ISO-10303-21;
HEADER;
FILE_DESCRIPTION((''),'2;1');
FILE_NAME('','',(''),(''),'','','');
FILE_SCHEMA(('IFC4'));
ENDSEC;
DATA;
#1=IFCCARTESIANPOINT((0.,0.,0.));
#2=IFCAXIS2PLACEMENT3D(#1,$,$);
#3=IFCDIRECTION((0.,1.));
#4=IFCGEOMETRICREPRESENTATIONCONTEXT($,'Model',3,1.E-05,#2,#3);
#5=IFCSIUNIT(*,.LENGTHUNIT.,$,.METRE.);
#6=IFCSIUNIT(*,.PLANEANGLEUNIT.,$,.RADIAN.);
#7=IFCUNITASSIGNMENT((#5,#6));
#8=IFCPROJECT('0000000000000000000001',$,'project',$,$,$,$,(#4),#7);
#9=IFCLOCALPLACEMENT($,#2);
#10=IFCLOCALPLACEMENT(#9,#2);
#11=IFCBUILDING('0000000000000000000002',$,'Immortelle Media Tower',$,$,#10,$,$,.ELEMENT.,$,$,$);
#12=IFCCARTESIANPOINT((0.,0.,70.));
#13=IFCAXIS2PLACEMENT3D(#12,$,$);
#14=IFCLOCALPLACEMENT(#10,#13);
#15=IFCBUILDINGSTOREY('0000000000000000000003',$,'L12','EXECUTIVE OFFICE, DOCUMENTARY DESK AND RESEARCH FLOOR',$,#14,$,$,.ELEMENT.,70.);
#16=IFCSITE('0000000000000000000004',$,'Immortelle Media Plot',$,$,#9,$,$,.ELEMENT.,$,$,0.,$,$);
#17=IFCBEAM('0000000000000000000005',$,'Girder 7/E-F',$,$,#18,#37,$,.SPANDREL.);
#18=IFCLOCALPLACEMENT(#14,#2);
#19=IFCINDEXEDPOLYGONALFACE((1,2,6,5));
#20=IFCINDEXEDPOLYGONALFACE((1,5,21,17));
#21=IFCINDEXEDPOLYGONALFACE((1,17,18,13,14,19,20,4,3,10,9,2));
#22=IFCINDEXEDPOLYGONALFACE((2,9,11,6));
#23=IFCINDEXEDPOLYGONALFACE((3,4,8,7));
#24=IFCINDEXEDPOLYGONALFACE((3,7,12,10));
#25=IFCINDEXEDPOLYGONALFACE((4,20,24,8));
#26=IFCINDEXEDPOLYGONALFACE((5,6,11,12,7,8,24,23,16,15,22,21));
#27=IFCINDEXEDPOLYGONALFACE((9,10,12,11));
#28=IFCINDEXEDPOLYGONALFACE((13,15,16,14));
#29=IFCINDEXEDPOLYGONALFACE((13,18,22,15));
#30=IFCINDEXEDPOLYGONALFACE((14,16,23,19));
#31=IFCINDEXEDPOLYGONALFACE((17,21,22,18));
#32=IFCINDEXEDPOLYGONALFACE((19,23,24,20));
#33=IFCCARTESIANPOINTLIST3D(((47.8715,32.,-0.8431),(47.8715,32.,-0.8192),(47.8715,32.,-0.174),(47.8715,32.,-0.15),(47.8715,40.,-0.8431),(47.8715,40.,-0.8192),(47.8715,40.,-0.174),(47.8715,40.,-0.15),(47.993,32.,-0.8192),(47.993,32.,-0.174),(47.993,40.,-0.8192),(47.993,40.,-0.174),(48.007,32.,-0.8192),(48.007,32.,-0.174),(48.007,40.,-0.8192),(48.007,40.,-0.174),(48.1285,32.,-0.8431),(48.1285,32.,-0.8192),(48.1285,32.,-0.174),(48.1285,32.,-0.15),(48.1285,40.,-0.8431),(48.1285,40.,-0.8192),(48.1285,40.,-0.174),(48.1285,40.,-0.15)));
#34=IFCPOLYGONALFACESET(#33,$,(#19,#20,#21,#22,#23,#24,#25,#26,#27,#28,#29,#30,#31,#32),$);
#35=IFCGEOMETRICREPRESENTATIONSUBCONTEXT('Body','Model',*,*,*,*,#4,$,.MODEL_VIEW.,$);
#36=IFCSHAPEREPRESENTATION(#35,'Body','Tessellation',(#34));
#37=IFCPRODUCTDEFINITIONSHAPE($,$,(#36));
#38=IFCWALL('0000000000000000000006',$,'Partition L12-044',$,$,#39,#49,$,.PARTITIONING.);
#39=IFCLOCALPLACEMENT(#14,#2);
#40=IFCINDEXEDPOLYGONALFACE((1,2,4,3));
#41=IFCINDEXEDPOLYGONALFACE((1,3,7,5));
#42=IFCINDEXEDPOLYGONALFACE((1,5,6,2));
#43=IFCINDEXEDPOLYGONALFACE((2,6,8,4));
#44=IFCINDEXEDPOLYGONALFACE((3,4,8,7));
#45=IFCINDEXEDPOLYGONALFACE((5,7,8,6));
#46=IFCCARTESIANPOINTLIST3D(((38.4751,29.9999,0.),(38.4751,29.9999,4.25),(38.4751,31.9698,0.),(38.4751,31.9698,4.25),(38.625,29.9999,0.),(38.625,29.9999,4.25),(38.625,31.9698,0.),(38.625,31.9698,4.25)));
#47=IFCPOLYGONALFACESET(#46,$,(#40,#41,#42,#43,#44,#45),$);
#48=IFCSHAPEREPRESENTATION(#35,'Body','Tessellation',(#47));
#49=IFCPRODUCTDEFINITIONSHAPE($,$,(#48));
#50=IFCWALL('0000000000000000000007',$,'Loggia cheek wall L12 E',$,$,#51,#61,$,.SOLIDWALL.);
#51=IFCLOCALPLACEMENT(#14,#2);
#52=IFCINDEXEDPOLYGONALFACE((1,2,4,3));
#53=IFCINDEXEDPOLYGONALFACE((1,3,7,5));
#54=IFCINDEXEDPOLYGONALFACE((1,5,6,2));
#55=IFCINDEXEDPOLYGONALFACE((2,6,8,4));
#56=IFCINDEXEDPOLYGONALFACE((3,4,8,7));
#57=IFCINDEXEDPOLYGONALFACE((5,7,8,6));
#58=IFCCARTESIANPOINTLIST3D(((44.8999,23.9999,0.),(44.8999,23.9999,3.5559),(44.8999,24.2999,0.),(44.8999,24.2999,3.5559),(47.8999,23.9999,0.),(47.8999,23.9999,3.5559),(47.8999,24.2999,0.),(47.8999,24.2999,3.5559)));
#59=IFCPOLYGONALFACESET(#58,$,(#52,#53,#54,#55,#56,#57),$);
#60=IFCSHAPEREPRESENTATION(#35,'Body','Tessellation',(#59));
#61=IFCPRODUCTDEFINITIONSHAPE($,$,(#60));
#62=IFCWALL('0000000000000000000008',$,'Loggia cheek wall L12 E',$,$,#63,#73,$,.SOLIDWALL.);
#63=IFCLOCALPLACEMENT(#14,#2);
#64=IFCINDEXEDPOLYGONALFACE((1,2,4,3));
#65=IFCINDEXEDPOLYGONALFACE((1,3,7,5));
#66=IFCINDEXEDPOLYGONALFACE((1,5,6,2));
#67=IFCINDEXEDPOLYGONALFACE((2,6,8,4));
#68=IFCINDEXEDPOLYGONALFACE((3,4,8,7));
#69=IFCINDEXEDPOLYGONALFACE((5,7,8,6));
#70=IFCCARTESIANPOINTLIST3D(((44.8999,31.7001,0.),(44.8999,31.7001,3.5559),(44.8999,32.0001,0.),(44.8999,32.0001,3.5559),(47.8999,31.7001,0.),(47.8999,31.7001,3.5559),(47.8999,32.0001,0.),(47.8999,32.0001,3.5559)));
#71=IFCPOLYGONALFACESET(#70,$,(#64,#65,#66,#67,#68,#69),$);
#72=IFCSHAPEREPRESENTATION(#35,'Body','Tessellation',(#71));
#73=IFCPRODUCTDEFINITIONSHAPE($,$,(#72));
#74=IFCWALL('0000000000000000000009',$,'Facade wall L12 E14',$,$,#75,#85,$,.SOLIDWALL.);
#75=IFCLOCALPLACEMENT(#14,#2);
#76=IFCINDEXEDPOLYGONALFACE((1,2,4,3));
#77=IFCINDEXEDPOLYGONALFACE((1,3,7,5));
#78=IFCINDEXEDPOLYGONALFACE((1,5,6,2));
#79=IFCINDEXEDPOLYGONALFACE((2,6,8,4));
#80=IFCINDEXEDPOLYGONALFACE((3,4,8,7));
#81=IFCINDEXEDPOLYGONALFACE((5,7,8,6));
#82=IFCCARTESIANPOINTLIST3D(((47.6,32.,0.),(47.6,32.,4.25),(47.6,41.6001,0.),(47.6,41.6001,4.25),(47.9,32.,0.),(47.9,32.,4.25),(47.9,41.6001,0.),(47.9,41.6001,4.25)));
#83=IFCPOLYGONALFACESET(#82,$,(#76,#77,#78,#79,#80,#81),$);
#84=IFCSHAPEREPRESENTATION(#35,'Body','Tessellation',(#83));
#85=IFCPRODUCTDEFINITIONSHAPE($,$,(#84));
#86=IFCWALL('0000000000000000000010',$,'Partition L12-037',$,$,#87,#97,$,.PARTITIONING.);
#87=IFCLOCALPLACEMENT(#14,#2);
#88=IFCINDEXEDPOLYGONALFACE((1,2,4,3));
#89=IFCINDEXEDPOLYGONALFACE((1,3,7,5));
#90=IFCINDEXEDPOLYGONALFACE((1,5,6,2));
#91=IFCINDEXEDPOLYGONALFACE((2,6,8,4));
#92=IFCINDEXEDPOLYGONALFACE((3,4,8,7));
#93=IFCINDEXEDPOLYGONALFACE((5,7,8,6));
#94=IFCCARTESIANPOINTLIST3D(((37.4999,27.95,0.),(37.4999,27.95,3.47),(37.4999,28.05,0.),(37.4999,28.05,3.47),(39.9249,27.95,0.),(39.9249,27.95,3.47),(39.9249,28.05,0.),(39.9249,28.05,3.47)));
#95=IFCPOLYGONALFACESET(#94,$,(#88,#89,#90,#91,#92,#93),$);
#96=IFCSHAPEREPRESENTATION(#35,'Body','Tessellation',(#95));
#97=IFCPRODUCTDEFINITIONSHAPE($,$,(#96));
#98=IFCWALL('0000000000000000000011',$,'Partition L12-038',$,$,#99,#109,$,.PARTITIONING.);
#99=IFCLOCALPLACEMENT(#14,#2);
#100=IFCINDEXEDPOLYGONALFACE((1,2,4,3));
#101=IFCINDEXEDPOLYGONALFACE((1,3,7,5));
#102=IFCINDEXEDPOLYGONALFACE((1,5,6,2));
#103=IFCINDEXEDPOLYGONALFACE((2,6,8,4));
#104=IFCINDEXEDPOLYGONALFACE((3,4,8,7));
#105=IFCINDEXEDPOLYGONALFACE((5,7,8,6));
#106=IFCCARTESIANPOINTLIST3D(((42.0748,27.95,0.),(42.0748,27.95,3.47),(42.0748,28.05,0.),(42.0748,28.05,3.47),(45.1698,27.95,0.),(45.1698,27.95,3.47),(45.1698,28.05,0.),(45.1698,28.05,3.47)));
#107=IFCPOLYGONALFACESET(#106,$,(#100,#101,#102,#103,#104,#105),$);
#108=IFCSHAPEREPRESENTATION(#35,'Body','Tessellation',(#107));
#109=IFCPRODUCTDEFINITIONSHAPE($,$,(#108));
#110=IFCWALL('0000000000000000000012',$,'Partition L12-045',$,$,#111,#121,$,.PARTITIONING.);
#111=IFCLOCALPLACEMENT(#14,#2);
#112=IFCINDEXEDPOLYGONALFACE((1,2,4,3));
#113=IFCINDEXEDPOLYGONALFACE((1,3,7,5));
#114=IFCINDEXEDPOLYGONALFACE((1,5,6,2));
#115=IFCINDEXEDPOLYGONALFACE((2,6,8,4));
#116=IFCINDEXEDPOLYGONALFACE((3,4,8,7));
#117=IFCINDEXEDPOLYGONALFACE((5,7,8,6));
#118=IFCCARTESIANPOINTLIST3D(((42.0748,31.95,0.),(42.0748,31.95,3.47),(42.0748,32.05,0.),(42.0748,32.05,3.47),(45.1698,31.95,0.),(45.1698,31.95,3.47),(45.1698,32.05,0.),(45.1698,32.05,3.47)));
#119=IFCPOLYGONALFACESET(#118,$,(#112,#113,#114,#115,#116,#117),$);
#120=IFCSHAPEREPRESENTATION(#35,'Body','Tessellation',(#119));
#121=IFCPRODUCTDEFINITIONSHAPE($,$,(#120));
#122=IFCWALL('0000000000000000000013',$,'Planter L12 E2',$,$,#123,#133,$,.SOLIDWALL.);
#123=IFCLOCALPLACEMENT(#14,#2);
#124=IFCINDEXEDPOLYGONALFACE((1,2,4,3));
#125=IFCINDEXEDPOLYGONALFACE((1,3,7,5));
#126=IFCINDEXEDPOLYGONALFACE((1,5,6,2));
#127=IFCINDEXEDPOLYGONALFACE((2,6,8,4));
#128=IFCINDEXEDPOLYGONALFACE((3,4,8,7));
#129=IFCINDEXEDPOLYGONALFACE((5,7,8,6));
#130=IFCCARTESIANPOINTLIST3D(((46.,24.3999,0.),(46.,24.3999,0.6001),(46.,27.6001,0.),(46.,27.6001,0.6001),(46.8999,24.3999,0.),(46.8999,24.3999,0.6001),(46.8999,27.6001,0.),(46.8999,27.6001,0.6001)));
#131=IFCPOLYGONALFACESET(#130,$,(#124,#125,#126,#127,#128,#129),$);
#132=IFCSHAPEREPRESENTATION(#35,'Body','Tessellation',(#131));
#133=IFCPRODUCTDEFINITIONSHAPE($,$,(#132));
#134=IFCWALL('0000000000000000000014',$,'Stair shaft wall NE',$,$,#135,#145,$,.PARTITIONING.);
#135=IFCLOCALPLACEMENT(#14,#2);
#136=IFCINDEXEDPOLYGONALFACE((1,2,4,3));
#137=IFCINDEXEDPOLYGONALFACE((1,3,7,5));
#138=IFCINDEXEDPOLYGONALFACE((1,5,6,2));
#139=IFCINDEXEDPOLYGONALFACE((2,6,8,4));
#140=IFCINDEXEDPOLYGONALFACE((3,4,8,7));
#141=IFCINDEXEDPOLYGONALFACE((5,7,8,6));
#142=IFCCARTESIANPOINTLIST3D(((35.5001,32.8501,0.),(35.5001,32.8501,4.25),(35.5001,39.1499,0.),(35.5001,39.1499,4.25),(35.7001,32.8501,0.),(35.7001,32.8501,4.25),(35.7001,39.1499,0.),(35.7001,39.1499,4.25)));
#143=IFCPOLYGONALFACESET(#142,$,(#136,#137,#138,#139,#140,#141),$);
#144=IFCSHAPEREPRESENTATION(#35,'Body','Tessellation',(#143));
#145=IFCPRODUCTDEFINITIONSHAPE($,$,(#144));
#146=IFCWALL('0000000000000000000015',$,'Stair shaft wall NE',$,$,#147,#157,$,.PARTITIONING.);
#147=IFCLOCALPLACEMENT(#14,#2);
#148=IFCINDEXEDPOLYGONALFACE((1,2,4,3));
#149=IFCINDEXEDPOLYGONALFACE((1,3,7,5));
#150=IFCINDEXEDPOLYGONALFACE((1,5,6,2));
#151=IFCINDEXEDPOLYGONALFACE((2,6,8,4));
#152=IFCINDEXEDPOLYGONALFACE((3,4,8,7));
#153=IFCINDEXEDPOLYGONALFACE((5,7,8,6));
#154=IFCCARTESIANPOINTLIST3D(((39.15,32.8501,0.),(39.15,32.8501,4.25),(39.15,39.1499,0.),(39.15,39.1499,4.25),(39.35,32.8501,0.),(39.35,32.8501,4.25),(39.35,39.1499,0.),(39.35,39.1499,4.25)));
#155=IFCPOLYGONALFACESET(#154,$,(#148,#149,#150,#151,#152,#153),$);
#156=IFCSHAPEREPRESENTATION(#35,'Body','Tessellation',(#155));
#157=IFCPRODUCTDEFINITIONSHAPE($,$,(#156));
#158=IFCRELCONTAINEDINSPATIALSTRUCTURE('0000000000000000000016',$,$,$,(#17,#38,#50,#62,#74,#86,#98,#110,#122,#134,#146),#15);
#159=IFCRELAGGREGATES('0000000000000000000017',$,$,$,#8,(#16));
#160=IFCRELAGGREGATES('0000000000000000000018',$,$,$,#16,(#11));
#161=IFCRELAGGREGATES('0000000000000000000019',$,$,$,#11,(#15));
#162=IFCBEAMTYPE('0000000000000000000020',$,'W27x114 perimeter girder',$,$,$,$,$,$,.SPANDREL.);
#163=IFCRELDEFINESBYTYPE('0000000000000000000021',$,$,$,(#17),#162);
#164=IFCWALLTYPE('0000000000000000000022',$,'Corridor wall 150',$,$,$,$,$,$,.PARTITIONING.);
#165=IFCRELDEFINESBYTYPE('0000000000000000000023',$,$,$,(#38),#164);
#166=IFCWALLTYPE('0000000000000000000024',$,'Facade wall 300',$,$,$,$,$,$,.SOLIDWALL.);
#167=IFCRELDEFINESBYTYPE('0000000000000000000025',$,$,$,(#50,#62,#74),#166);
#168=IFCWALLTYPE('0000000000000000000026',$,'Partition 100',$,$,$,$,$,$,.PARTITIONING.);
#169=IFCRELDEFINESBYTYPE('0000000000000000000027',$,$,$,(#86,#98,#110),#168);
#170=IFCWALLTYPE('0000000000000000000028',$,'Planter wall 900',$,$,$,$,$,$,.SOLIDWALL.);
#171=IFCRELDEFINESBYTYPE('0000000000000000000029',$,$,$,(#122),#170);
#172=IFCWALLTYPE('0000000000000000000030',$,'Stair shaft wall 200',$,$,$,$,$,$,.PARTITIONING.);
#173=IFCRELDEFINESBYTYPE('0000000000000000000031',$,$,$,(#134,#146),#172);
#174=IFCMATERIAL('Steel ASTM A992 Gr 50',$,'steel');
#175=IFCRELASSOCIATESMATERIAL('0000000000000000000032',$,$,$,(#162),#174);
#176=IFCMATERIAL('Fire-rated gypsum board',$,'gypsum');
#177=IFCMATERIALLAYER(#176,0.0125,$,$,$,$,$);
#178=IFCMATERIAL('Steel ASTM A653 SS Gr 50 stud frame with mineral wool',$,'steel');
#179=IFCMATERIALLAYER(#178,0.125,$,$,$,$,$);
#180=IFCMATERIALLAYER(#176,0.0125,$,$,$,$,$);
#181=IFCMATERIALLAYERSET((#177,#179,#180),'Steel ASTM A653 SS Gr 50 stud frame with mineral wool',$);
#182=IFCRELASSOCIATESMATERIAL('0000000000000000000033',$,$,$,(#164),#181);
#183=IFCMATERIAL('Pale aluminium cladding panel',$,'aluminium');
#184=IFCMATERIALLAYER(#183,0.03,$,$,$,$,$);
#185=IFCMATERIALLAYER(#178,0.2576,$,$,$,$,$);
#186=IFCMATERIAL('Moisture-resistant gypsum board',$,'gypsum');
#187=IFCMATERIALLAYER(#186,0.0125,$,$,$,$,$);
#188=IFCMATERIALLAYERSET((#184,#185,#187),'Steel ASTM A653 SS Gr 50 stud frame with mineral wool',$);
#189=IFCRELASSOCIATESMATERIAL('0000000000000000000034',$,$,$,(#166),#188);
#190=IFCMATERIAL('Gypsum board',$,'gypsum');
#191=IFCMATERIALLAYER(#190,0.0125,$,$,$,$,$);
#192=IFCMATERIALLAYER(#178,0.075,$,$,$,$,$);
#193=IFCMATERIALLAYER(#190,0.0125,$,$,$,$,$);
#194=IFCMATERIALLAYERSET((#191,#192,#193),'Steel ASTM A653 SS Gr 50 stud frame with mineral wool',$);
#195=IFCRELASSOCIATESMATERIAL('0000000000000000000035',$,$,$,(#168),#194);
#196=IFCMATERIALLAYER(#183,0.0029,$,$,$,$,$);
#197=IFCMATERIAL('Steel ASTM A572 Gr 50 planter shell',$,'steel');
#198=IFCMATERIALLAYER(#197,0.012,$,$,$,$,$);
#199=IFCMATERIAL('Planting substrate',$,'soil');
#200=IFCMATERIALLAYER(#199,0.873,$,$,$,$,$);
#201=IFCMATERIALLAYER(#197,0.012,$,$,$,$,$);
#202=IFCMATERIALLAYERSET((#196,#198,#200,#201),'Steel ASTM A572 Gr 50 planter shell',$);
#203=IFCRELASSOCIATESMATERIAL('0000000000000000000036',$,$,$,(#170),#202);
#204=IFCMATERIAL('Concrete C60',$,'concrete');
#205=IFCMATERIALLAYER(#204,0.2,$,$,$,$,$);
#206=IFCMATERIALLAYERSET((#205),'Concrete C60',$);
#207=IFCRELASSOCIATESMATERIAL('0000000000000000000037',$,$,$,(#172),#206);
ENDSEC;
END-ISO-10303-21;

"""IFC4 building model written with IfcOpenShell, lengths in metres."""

from ifc_helpers import new_model, si_unit, direction, frame, frame_2d, origin, origin_2d, place, context, subcontext, project, spatial, rectangle, i_section, extrude, material, layer, layer_set, material_profile, profile_set, type_object, element, save


model = new_model("IFC4")

# Units and contexts
model_context = context("Model", 3, precision=1e-05, world=origin(), true_north=direction((0.0, 1.0)))
body_context = subcontext(model_context, "Body", "Model", "MODEL_VIEW")
ifc_project = project(units=[si_unit("LENGTHUNIT", "METRE"), si_unit("PLANEANGLEUNIT", "RADIAN")], contexts=[model_context])

# Site, building, storey
site_placement = place(None, origin())
site = spatial("IfcSite", under=ifc_project, at=site_placement, Name="Immortelle Media Plot", CompositionType="ELEMENT", RefElevation=0.0)
building_placement = place(site_placement, origin())
building = spatial("IfcBuilding", under=site, at=building_placement, Name="Immortelle Media Tower", CompositionType="ELEMENT")
storey_placement = place(building_placement, frame((0.0, 0.0, 70.0)))
storey = spatial("IfcBuildingStorey", under=building, at=storey_placement, Name="L12", Description="EXECUTIVE OFFICE, DOCUMENTARY DESK AND RESEARCH FLOOR", CompositionType="ELEMENT", Elevation=70.0)

# Shared definitions
ifc_material_1 = material(Name="Steel ASTM A992 Gr 50", Category="steel")

# Beam
ifc_material_profile_1 = material_profile(ifc_material_1, i_section(OverallWidth=0.2571, OverallDepth=0.6931, WebThickness=0.0139, FlangeThickness=0.0239, at=origin_2d()), Name="W27x114")
ifc_profile_set_1 = profile_set([ifc_material_profile_1], Name="Steel ASTM A992 Gr 50")
beam_type_1 = type_object("IfcBeamType", Name="W27x114 perimeter girder", PredefinedType="SPANDREL", material=ifc_profile_set_1)
beam_1_placement = place(storey_placement, frame((48.0, 32.0, -0.4966), z_axis=(0.0, 1.0, 0.0), x_axis=(-1.0, 0.0, 0.0)))
element("IfcBeam", 1, at=beam_1_placement, inside=storey, type_object=beam_type_1, Name="Girder 7/E-F", PredefinedType="SPANDREL", context=body_context, shape_type="SweptSolid", body=[
    extrude(i_section(OverallWidth=0.2571, OverallDepth=0.6931, WebThickness=0.0139, FlangeThickness=0.0239, at=origin_2d()), origin(), (0.0, 0.0, 1.0), 8.0),
])

# Wall
ifc_material_2 = material(Name="Fire-rated gypsum board", Category="gypsum")
ifc_layer_1 = layer(ifc_material_2, 0.0125)
ifc_material_3 = material(Name="Steel ASTM A653 SS Gr 50 stud frame with mineral wool", Category="steel")
ifc_layer_2 = layer(ifc_material_3, 0.125)
ifc_layer_3 = layer(ifc_material_2, 0.0125)
ifc_layer_set_1 = layer_set([ifc_layer_1, ifc_layer_2, ifc_layer_3], Name="Steel ASTM A653 SS Gr 50 stud frame with mineral wool")
wall_type_1 = type_object("IfcWallType", Name="Corridor wall 150", PredefinedType="PARTITIONING", material=ifc_layer_set_1)
wall_1_placement = place(storey_placement, frame((38.55, 30.0, 0.0), z_axis=(0.0, 0.0, 1.0), x_axis=(0.0, 1.0, 0.0)))
element("IfcWall", 2, at=wall_1_placement, inside=storey, type_object=wall_type_1, Name="Partition L12-044", PredefinedType="PARTITIONING", context=body_context, shape_type="SweptSolid", body=[
    extrude(rectangle(XDim=1.97, YDim=0.1499, at=frame_2d((0.9849, 0.0))), origin(), (0.0, 0.0, 1.0), 4.25),
])

# Shared definitions
ifc_material_4 = material(Name="Pale aluminium cladding panel", Category="aluminium")
ifc_layer_4 = layer(ifc_material_4, 0.03)
ifc_layer_5 = layer(ifc_material_3, 0.2576)
ifc_material_5 = material(Name="Moisture-resistant gypsum board", Category="gypsum")
ifc_layer_6 = layer(ifc_material_5, 0.0125)
ifc_layer_set_2 = layer_set([ifc_layer_4, ifc_layer_5, ifc_layer_6], Name="Steel ASTM A653 SS Gr 50 stud frame with mineral wool")
wall_type_2 = type_object("IfcWallType", Name="Facade wall 300", PredefinedType="SOLIDWALL", material=ifc_layer_set_2)

# Walls
for number, where, z_axis, x_axis, name in (
    (3, (47.8999, 24.1499, 0.0), (0.0, 0.0, 1.0), (-1.0, 0.0, 0.0), "Loggia cheek wall L12 E"),
    (4, (47.8999, 31.8501, 0.0), (0.0, 0.0, 1.0), (-1.0, 0.0, 0.0), "Loggia cheek wall L12 E"),
):
    element("IfcWall", number, at=place(storey_placement, frame(where, z_axis=z_axis, x_axis=x_axis)), inside=storey, type_object=wall_type_2, Name=name, PredefinedType="SOLIDWALL", context=body_context, shape_type="SweptSolid", body=[
        extrude(rectangle(XDim=3.0, YDim=0.3, at=frame_2d((1.5, 0.0))), origin(), (0.0, 0.0, 1.0), 3.5559),
    ])
wall_2_placement = place(storey_placement, frame((47.75, 32.0, 0.0), z_axis=(0.0, 0.0, 1.0), x_axis=(0.0, 1.0, 0.0)))
element("IfcWall", 5, at=wall_2_placement, inside=storey, type_object=wall_type_2, Name="Facade wall L12 E14", PredefinedType="SOLIDWALL", context=body_context, shape_type="SweptSolid", body=[
    extrude(rectangle(XDim=9.6001, YDim=0.3, at=frame_2d((4.8, 0.0))), origin(), (0.0, 0.0, 1.0), 4.25),
])
ifc_material_6 = material(Name="Gypsum board", Category="gypsum")
ifc_layer_7 = layer(ifc_material_6, 0.0125)
ifc_layer_8 = layer(ifc_material_3, 0.075)
ifc_layer_9 = layer(ifc_material_6, 0.0125)
ifc_layer_set_3 = layer_set([ifc_layer_7, ifc_layer_8, ifc_layer_9], Name="Steel ASTM A653 SS Gr 50 stud frame with mineral wool")
wall_type_3 = type_object("IfcWallType", Name="Partition 100", PredefinedType="PARTITIONING", material=ifc_layer_set_3)
wall_3_placement = place(storey_placement, frame((37.5, 28.0, 0.0), z_axis=(0.0, 0.0, 1.0), x_axis=(1.0, 0.0, 0.0)))
element("IfcWall", 6, at=wall_3_placement, inside=storey, type_object=wall_type_3, Name="Partition L12-037", PredefinedType="PARTITIONING", context=body_context, shape_type="SweptSolid", body=[
    extrude(rectangle(XDim=2.425, YDim=0.1001, at=frame_2d((1.2124, 0.0))), origin(), (0.0, 0.0, 1.0), 3.47),
])
for number, where, z_axis, x_axis, name in (
    (7, (42.075, 28.0, 0.0), (0.0, 0.0, 1.0), (1.0, 0.0, 0.0), "Partition L12-038"),
    (8, (42.075, 32.0, 0.0), (0.0, 0.0, 1.0), (1.0, 0.0, 0.0), "Partition L12-045"),
):
    element("IfcWall", number, at=place(storey_placement, frame(where, z_axis=z_axis, x_axis=x_axis)), inside=storey, type_object=wall_type_3, Name=name, PredefinedType="PARTITIONING", context=body_context, shape_type="SweptSolid", body=[
        extrude(rectangle(XDim=3.095, YDim=0.1001, at=frame_2d((1.5474, 0.0))), origin(), (0.0, 0.0, 1.0), 3.47),
    ])
ifc_layer_10 = layer(ifc_material_4, 0.0029)
ifc_material_7 = material(Name="Steel ASTM A572 Gr 50 planter shell", Category="steel")
ifc_layer_11 = layer(ifc_material_7, 0.012)
ifc_material_8 = material(Name="Planting substrate", Category="soil")
ifc_layer_12 = layer(ifc_material_8, 0.873)
ifc_layer_13 = layer(ifc_material_7, 0.012)
ifc_layer_set_4 = layer_set([ifc_layer_10, ifc_layer_11, ifc_layer_12, ifc_layer_13], Name="Steel ASTM A572 Gr 50 planter shell")
wall_type_4 = type_object("IfcWallType", Name="Planter wall 900", PredefinedType="SOLIDWALL", material=ifc_layer_set_4)
wall_4_placement = place(storey_placement, frame((46.45, 24.3999, 0.0), z_axis=(0.0, 0.0, 1.0), x_axis=(0.0, 1.0, 0.0)))
element("IfcWall", 9, at=wall_4_placement, inside=storey, type_object=wall_type_4, Name="Planter L12 E2", PredefinedType="SOLIDWALL", context=body_context, shape_type="SweptSolid", body=[
    extrude(rectangle(XDim=3.2002, YDim=0.8999, at=frame_2d((1.6001, 0.0))), origin(), (0.0, 0.0, 1.0), 0.6001),
])
ifc_material_9 = material(Name="Concrete C60", Category="concrete")
ifc_layer_14 = layer(ifc_material_9, 0.2)
ifc_layer_set_5 = layer_set([ifc_layer_14], Name="Concrete C60")
wall_type_5 = type_object("IfcWallType", Name="Stair shaft wall 200", PredefinedType="PARTITIONING", material=ifc_layer_set_5)
for number, where, z_axis, x_axis, name in (
    (10, (35.6001, 32.8501, 0.0), (0.0, 0.0, 1.0), (0.0, 1.0, 0.0), "Stair shaft wall NE"),
    (11, (39.25, 32.8501, 0.0), (0.0, 0.0, 1.0), (0.0, 1.0, 0.0), "Stair shaft wall NE"),
):
    element("IfcWall", number, at=place(storey_placement, frame(where, z_axis=z_axis, x_axis=x_axis)), inside=storey, type_object=wall_type_5, Name=name, PredefinedType="PARTITIONING", context=body_context, shape_type="SweptSolid", body=[
        extrude(rectangle(XDim=6.2998, YDim=0.2, at=frame_2d((3.1499, 0.0))), origin(), (0.0, 0.0, 1.0), 4.25),
    ])

save(model, "model.ifc")
